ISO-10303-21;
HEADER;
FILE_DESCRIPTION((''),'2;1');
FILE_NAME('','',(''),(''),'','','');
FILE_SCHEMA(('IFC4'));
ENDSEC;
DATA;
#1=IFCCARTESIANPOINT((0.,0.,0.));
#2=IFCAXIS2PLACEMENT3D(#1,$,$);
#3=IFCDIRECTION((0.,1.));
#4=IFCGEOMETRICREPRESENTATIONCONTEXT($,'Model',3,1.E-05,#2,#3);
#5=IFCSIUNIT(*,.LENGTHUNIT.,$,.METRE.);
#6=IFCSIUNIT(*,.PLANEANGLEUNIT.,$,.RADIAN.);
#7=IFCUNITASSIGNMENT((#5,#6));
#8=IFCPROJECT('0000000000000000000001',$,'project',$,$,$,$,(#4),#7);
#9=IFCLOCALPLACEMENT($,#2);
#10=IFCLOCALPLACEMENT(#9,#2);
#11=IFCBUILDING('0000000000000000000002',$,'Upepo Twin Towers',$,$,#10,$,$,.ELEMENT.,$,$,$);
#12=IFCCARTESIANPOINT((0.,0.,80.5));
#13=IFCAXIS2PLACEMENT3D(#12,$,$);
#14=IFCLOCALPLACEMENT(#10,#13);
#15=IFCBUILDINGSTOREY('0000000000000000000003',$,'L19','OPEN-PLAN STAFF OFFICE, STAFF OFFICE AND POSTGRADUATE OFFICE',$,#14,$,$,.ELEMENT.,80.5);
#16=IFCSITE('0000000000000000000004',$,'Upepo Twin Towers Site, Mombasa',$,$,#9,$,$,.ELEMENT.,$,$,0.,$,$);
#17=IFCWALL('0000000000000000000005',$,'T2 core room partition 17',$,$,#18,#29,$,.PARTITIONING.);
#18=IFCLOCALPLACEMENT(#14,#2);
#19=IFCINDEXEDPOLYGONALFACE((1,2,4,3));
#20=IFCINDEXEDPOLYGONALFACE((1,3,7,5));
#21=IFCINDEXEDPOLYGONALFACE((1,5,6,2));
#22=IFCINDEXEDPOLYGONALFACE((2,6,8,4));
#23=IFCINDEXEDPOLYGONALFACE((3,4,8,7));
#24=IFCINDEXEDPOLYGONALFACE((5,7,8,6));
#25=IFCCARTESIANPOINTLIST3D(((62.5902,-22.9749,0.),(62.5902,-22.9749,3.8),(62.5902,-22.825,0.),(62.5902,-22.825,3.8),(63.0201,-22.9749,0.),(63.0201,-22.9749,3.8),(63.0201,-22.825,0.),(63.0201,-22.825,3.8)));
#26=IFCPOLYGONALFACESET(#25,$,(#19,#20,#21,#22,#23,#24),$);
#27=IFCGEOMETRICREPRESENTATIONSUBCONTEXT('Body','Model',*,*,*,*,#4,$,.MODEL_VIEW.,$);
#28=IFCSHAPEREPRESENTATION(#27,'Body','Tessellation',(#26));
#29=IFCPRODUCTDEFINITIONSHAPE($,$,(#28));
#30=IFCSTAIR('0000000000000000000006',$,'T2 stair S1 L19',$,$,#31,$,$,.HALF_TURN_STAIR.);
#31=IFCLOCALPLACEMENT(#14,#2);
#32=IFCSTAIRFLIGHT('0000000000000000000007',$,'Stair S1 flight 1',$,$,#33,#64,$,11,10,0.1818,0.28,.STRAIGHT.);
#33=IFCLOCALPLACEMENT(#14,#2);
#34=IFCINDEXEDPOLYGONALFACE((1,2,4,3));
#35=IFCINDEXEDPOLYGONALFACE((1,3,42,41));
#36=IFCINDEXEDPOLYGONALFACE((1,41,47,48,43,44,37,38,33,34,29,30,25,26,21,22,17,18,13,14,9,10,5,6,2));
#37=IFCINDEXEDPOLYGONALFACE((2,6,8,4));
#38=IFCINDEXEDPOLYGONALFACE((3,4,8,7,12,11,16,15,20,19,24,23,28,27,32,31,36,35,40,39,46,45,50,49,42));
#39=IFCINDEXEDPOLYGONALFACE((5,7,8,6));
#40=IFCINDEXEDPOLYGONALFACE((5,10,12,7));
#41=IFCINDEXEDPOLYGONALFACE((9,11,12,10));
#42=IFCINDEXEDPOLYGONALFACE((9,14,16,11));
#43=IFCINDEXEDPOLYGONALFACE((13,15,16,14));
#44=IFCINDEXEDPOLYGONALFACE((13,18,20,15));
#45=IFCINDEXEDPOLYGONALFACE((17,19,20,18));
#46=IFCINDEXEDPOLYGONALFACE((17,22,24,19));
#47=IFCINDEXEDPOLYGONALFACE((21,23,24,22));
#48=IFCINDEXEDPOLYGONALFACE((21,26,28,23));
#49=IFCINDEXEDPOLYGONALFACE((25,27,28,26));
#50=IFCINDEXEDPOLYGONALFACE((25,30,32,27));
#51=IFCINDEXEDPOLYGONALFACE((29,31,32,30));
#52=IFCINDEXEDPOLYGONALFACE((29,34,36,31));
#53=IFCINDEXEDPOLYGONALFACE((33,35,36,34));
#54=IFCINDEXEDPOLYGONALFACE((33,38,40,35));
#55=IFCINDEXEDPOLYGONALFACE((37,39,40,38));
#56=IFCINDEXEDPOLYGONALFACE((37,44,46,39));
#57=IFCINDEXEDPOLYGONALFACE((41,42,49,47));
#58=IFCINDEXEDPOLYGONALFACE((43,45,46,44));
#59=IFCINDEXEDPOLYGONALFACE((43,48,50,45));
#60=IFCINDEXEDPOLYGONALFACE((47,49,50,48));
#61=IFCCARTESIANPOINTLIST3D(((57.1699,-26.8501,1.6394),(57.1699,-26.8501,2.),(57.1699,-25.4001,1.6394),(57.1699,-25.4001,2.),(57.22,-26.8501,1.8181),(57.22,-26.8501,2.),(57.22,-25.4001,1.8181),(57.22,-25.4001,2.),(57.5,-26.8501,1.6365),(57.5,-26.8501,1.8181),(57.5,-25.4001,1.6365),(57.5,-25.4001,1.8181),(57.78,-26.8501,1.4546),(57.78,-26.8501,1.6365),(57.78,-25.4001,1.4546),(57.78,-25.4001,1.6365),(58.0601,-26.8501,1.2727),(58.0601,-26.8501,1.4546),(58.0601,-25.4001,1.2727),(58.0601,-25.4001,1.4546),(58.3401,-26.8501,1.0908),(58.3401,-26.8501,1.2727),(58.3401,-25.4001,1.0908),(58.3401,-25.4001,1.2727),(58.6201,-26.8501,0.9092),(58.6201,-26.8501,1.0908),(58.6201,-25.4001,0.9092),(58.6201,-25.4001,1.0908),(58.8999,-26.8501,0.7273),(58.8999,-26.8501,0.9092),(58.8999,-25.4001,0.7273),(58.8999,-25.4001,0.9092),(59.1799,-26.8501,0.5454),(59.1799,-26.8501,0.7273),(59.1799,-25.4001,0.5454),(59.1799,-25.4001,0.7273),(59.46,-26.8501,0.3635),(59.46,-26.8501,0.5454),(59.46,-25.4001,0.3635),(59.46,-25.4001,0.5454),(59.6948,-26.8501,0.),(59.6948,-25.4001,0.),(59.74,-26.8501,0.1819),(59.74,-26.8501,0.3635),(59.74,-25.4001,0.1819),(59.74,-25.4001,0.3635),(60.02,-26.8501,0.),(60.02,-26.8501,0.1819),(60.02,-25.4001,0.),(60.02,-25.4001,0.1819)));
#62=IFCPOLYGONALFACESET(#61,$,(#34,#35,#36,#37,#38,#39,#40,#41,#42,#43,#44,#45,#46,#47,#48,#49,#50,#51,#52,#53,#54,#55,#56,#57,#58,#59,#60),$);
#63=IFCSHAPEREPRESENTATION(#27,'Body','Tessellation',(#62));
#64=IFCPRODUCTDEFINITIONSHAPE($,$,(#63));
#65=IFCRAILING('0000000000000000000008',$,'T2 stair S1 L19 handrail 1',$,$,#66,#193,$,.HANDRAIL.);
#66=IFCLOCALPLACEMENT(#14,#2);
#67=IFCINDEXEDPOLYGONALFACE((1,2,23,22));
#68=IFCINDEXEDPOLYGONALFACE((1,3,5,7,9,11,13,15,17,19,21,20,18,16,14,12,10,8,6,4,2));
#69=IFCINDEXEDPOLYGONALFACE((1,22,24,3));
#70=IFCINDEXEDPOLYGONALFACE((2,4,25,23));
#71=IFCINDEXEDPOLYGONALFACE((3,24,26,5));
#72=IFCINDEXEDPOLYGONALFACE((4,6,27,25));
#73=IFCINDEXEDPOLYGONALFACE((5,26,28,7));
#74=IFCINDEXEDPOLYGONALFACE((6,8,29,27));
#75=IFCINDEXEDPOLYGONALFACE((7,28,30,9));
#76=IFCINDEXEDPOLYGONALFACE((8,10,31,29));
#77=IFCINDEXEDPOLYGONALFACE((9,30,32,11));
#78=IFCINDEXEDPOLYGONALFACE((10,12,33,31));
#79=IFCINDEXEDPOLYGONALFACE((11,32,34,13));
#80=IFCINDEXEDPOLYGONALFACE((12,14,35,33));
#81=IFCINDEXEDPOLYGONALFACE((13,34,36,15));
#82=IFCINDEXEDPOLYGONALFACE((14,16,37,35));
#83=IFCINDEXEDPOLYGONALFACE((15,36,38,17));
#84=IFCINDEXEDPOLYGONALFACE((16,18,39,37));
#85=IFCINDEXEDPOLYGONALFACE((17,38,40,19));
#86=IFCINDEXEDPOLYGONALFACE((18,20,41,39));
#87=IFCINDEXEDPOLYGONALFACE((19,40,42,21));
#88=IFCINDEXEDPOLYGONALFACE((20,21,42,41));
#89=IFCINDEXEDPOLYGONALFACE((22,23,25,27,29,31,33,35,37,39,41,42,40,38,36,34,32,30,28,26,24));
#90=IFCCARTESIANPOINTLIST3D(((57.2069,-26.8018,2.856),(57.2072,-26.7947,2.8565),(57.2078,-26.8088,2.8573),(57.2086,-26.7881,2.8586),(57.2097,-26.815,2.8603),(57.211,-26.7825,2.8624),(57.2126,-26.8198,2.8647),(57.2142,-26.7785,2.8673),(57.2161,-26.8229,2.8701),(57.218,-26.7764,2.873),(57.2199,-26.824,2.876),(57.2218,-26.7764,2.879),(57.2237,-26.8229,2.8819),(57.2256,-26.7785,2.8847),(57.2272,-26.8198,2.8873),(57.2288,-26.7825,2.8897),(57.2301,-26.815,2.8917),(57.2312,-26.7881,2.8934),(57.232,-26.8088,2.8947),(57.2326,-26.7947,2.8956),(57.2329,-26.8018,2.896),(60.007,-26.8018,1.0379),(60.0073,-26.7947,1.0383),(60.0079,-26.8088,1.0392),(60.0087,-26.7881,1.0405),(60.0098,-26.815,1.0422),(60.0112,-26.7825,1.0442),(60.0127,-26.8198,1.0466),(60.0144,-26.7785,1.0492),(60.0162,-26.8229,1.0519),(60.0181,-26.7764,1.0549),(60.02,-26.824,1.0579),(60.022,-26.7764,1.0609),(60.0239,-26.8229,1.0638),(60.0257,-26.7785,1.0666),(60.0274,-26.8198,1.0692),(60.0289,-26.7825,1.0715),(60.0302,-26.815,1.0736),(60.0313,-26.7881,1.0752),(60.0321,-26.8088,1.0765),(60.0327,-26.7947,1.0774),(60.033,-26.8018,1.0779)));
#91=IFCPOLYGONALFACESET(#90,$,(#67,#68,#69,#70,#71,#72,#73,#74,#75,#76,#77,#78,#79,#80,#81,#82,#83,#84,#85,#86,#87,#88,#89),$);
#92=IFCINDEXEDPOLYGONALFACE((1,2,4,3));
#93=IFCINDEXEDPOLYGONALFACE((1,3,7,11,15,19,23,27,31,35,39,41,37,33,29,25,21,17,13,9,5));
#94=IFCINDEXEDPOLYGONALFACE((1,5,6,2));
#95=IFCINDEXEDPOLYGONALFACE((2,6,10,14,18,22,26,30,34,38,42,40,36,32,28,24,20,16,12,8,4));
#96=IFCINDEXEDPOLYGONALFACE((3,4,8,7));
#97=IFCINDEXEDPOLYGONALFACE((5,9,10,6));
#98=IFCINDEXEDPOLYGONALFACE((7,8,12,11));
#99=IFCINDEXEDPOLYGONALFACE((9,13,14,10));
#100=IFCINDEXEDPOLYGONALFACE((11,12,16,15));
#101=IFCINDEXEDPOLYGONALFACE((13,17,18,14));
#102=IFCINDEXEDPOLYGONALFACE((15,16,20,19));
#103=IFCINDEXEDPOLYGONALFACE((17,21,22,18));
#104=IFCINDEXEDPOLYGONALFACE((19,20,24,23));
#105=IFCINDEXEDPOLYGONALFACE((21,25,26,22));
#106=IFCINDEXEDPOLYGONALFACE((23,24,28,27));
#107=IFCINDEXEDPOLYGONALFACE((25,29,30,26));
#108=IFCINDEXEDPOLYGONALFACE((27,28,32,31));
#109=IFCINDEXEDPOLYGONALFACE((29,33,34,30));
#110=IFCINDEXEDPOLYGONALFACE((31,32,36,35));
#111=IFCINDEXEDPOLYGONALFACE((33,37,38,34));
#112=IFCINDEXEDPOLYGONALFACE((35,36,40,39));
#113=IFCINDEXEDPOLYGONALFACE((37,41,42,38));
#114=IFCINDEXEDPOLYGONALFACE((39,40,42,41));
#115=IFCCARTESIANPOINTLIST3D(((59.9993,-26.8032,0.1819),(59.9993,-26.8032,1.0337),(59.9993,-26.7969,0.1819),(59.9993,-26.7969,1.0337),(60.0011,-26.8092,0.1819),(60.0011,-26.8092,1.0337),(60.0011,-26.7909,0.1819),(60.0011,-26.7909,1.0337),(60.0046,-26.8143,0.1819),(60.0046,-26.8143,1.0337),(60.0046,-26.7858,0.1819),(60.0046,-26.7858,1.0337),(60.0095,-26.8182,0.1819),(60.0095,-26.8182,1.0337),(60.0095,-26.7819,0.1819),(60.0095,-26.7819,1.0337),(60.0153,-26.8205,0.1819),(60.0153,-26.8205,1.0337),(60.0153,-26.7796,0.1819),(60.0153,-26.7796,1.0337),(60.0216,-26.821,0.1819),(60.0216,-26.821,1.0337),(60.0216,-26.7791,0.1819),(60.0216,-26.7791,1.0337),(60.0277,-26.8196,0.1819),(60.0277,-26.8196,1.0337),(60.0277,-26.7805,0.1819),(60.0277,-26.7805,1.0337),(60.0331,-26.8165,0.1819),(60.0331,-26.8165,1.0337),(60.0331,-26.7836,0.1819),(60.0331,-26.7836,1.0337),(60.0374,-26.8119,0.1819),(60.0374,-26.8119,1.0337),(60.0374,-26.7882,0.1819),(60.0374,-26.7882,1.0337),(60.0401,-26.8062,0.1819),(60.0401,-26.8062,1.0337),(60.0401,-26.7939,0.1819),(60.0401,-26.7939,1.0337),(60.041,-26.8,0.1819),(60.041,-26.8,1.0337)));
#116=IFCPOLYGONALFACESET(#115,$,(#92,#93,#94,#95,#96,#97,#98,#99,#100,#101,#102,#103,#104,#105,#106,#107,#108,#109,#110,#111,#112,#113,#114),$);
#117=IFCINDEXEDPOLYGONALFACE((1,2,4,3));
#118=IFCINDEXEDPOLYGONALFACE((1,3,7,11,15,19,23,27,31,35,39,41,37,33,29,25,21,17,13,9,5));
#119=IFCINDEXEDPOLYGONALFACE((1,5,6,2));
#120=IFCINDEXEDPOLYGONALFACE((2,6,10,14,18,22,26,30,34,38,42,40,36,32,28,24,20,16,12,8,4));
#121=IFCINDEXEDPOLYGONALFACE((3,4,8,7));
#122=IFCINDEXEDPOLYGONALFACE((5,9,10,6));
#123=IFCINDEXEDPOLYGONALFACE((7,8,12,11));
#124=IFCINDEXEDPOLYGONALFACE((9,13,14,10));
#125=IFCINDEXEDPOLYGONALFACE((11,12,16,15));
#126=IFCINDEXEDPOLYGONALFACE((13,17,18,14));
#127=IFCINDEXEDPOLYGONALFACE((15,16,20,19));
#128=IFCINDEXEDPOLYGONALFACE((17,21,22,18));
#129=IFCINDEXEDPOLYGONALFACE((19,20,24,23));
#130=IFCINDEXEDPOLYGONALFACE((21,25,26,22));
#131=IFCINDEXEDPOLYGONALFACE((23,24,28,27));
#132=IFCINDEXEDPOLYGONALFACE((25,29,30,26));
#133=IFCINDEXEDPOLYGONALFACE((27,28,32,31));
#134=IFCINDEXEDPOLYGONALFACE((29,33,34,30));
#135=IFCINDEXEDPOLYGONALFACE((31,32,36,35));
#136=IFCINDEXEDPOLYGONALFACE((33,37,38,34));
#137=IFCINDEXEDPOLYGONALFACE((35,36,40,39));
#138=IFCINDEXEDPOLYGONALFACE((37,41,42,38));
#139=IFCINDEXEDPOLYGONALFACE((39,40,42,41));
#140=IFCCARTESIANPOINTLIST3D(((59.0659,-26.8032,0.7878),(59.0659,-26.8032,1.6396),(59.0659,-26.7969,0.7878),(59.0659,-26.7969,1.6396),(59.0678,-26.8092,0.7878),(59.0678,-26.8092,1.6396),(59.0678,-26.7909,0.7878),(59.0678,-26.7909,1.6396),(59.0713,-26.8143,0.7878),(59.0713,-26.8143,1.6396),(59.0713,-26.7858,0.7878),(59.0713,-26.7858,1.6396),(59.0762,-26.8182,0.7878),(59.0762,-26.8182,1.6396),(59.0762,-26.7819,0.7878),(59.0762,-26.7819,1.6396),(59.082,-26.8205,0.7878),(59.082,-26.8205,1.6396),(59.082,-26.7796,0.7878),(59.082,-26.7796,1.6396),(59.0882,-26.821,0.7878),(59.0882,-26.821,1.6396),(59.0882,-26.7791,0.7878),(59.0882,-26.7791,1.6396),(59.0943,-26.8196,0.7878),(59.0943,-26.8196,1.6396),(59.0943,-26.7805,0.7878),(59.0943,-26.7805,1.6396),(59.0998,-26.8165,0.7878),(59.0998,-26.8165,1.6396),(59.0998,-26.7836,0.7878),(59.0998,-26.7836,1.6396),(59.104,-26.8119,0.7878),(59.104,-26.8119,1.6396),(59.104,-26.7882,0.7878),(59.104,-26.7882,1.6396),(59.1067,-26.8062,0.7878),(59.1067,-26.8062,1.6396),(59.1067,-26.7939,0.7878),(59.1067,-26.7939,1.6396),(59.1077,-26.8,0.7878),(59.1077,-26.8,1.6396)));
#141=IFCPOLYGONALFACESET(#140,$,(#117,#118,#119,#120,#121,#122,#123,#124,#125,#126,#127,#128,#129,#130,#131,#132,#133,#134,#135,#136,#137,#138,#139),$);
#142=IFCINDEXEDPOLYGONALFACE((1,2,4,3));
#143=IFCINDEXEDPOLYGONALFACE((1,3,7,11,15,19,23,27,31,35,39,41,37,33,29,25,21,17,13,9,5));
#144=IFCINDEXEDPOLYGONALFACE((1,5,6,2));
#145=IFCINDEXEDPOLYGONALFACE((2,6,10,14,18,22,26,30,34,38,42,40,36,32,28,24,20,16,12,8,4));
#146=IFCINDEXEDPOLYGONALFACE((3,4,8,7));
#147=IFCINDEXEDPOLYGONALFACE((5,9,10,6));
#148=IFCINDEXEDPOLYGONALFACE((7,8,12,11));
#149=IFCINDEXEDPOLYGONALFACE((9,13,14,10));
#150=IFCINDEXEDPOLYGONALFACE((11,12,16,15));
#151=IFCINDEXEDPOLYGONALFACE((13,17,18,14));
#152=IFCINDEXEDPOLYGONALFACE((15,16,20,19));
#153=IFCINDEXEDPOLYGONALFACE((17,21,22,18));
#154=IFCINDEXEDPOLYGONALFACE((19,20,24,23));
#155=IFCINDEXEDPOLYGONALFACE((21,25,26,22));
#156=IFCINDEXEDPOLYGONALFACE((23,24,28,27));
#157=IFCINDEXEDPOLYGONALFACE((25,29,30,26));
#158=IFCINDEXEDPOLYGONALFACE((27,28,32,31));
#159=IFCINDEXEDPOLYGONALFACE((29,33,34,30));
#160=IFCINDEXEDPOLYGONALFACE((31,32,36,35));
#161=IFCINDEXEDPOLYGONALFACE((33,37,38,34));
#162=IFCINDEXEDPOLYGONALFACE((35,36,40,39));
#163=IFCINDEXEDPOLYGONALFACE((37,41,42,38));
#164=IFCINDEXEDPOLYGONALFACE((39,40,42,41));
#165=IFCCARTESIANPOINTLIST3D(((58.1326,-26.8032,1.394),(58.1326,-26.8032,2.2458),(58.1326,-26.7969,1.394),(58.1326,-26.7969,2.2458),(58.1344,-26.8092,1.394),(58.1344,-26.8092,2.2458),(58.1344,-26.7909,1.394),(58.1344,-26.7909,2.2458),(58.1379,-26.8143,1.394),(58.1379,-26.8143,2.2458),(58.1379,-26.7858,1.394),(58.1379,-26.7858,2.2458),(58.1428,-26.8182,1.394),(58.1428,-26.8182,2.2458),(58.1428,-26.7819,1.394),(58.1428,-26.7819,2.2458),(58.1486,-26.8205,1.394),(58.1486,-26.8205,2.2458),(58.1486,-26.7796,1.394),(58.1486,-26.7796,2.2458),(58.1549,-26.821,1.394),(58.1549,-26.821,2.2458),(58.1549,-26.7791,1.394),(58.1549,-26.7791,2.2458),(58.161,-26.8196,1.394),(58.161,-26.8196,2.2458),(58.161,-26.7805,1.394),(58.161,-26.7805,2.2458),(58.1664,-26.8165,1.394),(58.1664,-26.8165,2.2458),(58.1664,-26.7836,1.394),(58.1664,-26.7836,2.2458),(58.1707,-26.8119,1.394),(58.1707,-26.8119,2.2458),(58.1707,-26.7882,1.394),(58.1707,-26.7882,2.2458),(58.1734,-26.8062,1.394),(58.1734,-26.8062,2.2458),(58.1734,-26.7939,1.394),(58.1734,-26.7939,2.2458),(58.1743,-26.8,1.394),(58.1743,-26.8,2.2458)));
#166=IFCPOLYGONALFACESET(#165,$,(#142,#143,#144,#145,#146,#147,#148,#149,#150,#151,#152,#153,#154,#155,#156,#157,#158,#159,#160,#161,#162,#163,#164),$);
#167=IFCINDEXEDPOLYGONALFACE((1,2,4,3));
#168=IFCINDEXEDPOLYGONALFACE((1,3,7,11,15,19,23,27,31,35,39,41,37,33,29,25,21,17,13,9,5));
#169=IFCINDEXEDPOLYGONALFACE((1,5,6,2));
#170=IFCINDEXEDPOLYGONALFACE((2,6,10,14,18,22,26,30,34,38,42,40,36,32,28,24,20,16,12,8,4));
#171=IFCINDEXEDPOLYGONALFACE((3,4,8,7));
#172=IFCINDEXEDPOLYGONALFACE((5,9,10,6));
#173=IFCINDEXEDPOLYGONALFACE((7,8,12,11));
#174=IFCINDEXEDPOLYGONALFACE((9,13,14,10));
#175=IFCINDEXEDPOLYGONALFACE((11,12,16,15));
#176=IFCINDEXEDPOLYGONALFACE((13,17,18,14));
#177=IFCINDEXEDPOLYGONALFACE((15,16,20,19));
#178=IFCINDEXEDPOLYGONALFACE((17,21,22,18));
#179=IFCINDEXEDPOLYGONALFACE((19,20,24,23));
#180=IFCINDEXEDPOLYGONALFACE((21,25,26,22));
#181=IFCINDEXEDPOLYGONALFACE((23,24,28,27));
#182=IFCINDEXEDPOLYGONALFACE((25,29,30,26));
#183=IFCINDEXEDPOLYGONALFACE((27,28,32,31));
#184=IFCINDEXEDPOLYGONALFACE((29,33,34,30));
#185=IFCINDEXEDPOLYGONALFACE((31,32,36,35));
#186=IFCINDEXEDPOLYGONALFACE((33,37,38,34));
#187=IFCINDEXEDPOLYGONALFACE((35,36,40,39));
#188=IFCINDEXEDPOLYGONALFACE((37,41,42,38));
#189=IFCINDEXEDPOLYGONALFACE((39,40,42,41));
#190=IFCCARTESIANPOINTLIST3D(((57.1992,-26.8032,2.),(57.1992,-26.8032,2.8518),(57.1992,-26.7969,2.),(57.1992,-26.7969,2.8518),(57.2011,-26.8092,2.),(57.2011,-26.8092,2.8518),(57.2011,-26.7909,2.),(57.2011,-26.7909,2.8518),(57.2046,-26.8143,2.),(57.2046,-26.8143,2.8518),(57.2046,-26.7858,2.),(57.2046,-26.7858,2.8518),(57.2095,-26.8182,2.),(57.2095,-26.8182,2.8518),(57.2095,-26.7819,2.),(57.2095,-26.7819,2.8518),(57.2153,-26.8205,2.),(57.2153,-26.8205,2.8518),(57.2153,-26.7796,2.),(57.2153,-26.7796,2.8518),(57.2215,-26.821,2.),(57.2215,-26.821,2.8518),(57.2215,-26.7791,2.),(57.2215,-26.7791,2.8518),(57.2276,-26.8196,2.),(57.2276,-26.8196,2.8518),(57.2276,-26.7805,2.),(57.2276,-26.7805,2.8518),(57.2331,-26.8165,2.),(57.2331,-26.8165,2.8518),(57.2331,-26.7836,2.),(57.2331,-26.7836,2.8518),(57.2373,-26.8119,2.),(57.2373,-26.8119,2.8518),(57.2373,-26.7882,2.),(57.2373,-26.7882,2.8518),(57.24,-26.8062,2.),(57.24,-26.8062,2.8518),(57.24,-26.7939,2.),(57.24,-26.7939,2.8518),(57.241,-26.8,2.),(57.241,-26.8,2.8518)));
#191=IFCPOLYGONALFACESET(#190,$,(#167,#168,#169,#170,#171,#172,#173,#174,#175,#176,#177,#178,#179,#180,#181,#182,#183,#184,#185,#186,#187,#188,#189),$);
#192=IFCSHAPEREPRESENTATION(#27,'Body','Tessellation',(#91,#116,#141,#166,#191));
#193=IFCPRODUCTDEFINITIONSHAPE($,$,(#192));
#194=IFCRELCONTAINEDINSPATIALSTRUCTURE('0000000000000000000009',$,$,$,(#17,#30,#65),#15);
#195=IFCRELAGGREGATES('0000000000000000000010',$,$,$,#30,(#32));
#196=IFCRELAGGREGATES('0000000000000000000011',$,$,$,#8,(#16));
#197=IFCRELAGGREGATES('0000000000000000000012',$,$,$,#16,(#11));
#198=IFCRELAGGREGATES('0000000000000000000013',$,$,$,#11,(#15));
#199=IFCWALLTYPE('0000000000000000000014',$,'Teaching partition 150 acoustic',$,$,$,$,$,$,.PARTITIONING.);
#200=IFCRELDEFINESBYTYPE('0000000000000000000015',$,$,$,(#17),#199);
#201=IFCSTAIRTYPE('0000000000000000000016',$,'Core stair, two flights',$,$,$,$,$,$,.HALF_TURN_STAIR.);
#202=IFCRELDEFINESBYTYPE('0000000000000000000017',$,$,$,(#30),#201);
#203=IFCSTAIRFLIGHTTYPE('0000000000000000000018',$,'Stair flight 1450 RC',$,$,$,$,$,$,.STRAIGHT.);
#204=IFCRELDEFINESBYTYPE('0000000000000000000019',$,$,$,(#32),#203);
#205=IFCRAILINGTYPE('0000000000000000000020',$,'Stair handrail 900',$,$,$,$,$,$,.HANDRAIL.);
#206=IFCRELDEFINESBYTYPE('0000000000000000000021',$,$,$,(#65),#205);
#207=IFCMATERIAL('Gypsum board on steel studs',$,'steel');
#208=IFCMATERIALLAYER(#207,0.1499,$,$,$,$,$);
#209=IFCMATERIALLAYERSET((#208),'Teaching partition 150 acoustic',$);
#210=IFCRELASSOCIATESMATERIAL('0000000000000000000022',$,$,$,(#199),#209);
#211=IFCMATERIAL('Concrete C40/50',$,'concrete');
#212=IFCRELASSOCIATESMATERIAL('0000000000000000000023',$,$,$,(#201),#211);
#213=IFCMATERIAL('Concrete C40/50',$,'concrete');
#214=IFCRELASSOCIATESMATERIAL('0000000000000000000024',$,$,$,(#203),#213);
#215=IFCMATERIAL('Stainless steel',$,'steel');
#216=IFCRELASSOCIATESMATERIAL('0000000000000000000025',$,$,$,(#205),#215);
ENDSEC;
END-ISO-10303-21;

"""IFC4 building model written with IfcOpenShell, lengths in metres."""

from ifc_helpers import new_model, si_unit, direction, frame, frame_2d, origin, origin_2d, place, context, subcontext, project, spatial, polyline, rectangle, circle, outline, extrude, material, layer, layer_set, type_object, element, aggregate, save


model = new_model("IFC4")

# Units and contexts
model_context = context("Model", 3, precision=1e-05, world=origin(), true_north=direction((0.0, 1.0)))
body_context = subcontext(model_context, "Body", "Model", "MODEL_VIEW")
ifc_project = project(units=[si_unit("LENGTHUNIT", "METRE"), si_unit("PLANEANGLEUNIT", "RADIAN")], contexts=[model_context])

# Site, building, storey
site_placement = place(None, origin())
site = spatial("IfcSite", under=ifc_project, at=site_placement, Name="Upepo Twin Towers Site, Mombasa", CompositionType="ELEMENT", RefElevation=0.0)
building_placement = place(site_placement, origin())
building = spatial("IfcBuilding", under=site, at=building_placement, Name="Upepo Twin Towers", CompositionType="ELEMENT")
storey_placement = place(building_placement, frame((0.0, 0.0, 80.5)))
storey = spatial("IfcBuildingStorey", under=building, at=storey_placement, Name="L19", Description="OPEN-PLAN STAFF OFFICE, STAFF OFFICE AND POSTGRADUATE OFFICE", CompositionType="ELEMENT", Elevation=80.5)

# Shared definitions
ifc_material_1 = material(Name="Gypsum board on steel studs", Category="steel")
ifc_layer_1 = layer(ifc_material_1, 0.1499)
ifc_layer_set_1 = layer_set([ifc_layer_1], Name="Teaching partition 150 acoustic")
wall_type_1 = type_object("IfcWallType", Name="Teaching partition 150 acoustic", PredefinedType="PARTITIONING", material=ifc_layer_set_1)

# Wall
wall_1_placement = place(storey_placement, frame((63.02, -22.8999, 0.0), z_axis=(0.0, 0.0, 1.0), x_axis=(-1.0, 0.0, 0.0)))
element("IfcWall", 1, at=wall_1_placement, inside=storey, type_object=wall_type_1, Name="T2 core room partition 17", PredefinedType="PARTITIONING", context=body_context, shape_type="SweptSolid", body=[
    extrude(rectangle(XDim=0.4299, YDim=0.1499, at=frame_2d((0.2148, 0.0))), origin(), (0.0, 0.0, 1.0), 3.8),
])

# Stair, stair flight
ifc_material_2 = material(Name="Concrete C40/50", Category="concrete")
stair_type = type_object("IfcStairType", Name="Core stair, two flights", PredefinedType="HALF_TURN_STAIR", material=ifc_material_2)
stair_placement = place(storey_placement, origin())
stair = element("IfcStair", 2, at=stair_placement, inside=storey, type_object=stair_type, Name="T2 stair S1 L19", PredefinedType="HALF_TURN_STAIR")
ifc_material_3 = material(Name="Concrete C40/50", Category="concrete")
stair_flight_type = type_object("IfcStairFlightType", Name="Stair flight 1450 RC", PredefinedType="STRAIGHT", material=ifc_material_3)
stair_flight_placement = place(storey_placement, frame((60.02, -26.125, 0.0), z_axis=(0.0, 0.0, 1.0), x_axis=(-1.0, 0.0, 0.0)))
stair_flight = element("IfcStairFlight", 3, at=stair_flight_placement, type_object=stair_flight_type, Name="Stair S1 flight 1", NumberOfRisers=11, NumberOfTreads=10, PredefinedType="STRAIGHT", RiserHeight=0.1818, TreadLength=0.28, context=body_context, shape_type="SweptSolid", body=[
    extrude(outline(polyline([(0.0, 0.0), (0.0, 0.1819), (0.28, 0.1819), (0.28, 0.3635), (0.5601, 0.3635), (0.5601, 0.5454), (0.8401, 0.5454), (0.8401, 0.7273), (1.1201, 0.7273), (1.1201, 0.9092), (1.3999, 0.9092), (1.3999, 1.0908), (1.6799, 1.0908), (1.6799, 1.2727), (1.96, 1.2727), (1.96, 1.4546), (2.24, 1.4546), (2.24, 1.6365), (2.52, 1.6365), (2.52, 1.8181), (2.8, 1.8181), (2.8, 2.0), (2.8501, 2.0), (2.8501, 1.6394), (0.3252, 0.0), (0.0, 0.0)])), frame((0.0, 0.7251, 0.0), z_axis=(0.0, -1.0, 0.0), x_axis=(1.0, 0.0, 0.0)), (0.0, 0.0, 1.0), 1.45),
])
aggregate(stair, [stair_flight])

# Railing
ifc_material_4 = material(Name="Stainless steel", Category="steel")
railing_type = type_object("IfcRailingType", Name="Stair handrail 900", PredefinedType="HANDRAIL", material=ifc_material_4)
railing_placement = place(storey_placement, frame((60.02, -26.8, 0.1819)))
element("IfcRailing", 4, at=railing_placement, inside=storey, type_object=railing_type, Name="T2 stair S1 L19 handrail 1", PredefinedType="HANDRAIL", context=body_context, shape_type="SweptSolid", body=[
    extrude(circle(Radius=0.0239, at=origin_2d()), frame((0.0, 0.0, 0.876), z_axis=(-0.838706, 0.0, 0.544585), x_axis=(0.0, -1.0, 0.0)), (0.0, 0.0, 1.0), 3.3386),
    extrude(circle(Radius=0.021, at=origin_2d()), origin(), (0.0, 0.0, 1.0), 0.8518),
    extrude(circle(Radius=0.021, at=origin_2d()), frame((-0.9333, 0.0, 0.606)), (0.0, 0.0, 1.0), 0.8518),
    extrude(circle(Radius=0.021, at=origin_2d()), frame((-1.8667, 0.0, 1.2122)), (0.0, 0.0, 1.0), 0.8518),
    extrude(circle(Radius=0.021, at=origin_2d()), frame((-2.8, 0.0, 1.8181)), (0.0, 0.0, 1.0), 0.8518),
])

save(model, "model.ifc")
